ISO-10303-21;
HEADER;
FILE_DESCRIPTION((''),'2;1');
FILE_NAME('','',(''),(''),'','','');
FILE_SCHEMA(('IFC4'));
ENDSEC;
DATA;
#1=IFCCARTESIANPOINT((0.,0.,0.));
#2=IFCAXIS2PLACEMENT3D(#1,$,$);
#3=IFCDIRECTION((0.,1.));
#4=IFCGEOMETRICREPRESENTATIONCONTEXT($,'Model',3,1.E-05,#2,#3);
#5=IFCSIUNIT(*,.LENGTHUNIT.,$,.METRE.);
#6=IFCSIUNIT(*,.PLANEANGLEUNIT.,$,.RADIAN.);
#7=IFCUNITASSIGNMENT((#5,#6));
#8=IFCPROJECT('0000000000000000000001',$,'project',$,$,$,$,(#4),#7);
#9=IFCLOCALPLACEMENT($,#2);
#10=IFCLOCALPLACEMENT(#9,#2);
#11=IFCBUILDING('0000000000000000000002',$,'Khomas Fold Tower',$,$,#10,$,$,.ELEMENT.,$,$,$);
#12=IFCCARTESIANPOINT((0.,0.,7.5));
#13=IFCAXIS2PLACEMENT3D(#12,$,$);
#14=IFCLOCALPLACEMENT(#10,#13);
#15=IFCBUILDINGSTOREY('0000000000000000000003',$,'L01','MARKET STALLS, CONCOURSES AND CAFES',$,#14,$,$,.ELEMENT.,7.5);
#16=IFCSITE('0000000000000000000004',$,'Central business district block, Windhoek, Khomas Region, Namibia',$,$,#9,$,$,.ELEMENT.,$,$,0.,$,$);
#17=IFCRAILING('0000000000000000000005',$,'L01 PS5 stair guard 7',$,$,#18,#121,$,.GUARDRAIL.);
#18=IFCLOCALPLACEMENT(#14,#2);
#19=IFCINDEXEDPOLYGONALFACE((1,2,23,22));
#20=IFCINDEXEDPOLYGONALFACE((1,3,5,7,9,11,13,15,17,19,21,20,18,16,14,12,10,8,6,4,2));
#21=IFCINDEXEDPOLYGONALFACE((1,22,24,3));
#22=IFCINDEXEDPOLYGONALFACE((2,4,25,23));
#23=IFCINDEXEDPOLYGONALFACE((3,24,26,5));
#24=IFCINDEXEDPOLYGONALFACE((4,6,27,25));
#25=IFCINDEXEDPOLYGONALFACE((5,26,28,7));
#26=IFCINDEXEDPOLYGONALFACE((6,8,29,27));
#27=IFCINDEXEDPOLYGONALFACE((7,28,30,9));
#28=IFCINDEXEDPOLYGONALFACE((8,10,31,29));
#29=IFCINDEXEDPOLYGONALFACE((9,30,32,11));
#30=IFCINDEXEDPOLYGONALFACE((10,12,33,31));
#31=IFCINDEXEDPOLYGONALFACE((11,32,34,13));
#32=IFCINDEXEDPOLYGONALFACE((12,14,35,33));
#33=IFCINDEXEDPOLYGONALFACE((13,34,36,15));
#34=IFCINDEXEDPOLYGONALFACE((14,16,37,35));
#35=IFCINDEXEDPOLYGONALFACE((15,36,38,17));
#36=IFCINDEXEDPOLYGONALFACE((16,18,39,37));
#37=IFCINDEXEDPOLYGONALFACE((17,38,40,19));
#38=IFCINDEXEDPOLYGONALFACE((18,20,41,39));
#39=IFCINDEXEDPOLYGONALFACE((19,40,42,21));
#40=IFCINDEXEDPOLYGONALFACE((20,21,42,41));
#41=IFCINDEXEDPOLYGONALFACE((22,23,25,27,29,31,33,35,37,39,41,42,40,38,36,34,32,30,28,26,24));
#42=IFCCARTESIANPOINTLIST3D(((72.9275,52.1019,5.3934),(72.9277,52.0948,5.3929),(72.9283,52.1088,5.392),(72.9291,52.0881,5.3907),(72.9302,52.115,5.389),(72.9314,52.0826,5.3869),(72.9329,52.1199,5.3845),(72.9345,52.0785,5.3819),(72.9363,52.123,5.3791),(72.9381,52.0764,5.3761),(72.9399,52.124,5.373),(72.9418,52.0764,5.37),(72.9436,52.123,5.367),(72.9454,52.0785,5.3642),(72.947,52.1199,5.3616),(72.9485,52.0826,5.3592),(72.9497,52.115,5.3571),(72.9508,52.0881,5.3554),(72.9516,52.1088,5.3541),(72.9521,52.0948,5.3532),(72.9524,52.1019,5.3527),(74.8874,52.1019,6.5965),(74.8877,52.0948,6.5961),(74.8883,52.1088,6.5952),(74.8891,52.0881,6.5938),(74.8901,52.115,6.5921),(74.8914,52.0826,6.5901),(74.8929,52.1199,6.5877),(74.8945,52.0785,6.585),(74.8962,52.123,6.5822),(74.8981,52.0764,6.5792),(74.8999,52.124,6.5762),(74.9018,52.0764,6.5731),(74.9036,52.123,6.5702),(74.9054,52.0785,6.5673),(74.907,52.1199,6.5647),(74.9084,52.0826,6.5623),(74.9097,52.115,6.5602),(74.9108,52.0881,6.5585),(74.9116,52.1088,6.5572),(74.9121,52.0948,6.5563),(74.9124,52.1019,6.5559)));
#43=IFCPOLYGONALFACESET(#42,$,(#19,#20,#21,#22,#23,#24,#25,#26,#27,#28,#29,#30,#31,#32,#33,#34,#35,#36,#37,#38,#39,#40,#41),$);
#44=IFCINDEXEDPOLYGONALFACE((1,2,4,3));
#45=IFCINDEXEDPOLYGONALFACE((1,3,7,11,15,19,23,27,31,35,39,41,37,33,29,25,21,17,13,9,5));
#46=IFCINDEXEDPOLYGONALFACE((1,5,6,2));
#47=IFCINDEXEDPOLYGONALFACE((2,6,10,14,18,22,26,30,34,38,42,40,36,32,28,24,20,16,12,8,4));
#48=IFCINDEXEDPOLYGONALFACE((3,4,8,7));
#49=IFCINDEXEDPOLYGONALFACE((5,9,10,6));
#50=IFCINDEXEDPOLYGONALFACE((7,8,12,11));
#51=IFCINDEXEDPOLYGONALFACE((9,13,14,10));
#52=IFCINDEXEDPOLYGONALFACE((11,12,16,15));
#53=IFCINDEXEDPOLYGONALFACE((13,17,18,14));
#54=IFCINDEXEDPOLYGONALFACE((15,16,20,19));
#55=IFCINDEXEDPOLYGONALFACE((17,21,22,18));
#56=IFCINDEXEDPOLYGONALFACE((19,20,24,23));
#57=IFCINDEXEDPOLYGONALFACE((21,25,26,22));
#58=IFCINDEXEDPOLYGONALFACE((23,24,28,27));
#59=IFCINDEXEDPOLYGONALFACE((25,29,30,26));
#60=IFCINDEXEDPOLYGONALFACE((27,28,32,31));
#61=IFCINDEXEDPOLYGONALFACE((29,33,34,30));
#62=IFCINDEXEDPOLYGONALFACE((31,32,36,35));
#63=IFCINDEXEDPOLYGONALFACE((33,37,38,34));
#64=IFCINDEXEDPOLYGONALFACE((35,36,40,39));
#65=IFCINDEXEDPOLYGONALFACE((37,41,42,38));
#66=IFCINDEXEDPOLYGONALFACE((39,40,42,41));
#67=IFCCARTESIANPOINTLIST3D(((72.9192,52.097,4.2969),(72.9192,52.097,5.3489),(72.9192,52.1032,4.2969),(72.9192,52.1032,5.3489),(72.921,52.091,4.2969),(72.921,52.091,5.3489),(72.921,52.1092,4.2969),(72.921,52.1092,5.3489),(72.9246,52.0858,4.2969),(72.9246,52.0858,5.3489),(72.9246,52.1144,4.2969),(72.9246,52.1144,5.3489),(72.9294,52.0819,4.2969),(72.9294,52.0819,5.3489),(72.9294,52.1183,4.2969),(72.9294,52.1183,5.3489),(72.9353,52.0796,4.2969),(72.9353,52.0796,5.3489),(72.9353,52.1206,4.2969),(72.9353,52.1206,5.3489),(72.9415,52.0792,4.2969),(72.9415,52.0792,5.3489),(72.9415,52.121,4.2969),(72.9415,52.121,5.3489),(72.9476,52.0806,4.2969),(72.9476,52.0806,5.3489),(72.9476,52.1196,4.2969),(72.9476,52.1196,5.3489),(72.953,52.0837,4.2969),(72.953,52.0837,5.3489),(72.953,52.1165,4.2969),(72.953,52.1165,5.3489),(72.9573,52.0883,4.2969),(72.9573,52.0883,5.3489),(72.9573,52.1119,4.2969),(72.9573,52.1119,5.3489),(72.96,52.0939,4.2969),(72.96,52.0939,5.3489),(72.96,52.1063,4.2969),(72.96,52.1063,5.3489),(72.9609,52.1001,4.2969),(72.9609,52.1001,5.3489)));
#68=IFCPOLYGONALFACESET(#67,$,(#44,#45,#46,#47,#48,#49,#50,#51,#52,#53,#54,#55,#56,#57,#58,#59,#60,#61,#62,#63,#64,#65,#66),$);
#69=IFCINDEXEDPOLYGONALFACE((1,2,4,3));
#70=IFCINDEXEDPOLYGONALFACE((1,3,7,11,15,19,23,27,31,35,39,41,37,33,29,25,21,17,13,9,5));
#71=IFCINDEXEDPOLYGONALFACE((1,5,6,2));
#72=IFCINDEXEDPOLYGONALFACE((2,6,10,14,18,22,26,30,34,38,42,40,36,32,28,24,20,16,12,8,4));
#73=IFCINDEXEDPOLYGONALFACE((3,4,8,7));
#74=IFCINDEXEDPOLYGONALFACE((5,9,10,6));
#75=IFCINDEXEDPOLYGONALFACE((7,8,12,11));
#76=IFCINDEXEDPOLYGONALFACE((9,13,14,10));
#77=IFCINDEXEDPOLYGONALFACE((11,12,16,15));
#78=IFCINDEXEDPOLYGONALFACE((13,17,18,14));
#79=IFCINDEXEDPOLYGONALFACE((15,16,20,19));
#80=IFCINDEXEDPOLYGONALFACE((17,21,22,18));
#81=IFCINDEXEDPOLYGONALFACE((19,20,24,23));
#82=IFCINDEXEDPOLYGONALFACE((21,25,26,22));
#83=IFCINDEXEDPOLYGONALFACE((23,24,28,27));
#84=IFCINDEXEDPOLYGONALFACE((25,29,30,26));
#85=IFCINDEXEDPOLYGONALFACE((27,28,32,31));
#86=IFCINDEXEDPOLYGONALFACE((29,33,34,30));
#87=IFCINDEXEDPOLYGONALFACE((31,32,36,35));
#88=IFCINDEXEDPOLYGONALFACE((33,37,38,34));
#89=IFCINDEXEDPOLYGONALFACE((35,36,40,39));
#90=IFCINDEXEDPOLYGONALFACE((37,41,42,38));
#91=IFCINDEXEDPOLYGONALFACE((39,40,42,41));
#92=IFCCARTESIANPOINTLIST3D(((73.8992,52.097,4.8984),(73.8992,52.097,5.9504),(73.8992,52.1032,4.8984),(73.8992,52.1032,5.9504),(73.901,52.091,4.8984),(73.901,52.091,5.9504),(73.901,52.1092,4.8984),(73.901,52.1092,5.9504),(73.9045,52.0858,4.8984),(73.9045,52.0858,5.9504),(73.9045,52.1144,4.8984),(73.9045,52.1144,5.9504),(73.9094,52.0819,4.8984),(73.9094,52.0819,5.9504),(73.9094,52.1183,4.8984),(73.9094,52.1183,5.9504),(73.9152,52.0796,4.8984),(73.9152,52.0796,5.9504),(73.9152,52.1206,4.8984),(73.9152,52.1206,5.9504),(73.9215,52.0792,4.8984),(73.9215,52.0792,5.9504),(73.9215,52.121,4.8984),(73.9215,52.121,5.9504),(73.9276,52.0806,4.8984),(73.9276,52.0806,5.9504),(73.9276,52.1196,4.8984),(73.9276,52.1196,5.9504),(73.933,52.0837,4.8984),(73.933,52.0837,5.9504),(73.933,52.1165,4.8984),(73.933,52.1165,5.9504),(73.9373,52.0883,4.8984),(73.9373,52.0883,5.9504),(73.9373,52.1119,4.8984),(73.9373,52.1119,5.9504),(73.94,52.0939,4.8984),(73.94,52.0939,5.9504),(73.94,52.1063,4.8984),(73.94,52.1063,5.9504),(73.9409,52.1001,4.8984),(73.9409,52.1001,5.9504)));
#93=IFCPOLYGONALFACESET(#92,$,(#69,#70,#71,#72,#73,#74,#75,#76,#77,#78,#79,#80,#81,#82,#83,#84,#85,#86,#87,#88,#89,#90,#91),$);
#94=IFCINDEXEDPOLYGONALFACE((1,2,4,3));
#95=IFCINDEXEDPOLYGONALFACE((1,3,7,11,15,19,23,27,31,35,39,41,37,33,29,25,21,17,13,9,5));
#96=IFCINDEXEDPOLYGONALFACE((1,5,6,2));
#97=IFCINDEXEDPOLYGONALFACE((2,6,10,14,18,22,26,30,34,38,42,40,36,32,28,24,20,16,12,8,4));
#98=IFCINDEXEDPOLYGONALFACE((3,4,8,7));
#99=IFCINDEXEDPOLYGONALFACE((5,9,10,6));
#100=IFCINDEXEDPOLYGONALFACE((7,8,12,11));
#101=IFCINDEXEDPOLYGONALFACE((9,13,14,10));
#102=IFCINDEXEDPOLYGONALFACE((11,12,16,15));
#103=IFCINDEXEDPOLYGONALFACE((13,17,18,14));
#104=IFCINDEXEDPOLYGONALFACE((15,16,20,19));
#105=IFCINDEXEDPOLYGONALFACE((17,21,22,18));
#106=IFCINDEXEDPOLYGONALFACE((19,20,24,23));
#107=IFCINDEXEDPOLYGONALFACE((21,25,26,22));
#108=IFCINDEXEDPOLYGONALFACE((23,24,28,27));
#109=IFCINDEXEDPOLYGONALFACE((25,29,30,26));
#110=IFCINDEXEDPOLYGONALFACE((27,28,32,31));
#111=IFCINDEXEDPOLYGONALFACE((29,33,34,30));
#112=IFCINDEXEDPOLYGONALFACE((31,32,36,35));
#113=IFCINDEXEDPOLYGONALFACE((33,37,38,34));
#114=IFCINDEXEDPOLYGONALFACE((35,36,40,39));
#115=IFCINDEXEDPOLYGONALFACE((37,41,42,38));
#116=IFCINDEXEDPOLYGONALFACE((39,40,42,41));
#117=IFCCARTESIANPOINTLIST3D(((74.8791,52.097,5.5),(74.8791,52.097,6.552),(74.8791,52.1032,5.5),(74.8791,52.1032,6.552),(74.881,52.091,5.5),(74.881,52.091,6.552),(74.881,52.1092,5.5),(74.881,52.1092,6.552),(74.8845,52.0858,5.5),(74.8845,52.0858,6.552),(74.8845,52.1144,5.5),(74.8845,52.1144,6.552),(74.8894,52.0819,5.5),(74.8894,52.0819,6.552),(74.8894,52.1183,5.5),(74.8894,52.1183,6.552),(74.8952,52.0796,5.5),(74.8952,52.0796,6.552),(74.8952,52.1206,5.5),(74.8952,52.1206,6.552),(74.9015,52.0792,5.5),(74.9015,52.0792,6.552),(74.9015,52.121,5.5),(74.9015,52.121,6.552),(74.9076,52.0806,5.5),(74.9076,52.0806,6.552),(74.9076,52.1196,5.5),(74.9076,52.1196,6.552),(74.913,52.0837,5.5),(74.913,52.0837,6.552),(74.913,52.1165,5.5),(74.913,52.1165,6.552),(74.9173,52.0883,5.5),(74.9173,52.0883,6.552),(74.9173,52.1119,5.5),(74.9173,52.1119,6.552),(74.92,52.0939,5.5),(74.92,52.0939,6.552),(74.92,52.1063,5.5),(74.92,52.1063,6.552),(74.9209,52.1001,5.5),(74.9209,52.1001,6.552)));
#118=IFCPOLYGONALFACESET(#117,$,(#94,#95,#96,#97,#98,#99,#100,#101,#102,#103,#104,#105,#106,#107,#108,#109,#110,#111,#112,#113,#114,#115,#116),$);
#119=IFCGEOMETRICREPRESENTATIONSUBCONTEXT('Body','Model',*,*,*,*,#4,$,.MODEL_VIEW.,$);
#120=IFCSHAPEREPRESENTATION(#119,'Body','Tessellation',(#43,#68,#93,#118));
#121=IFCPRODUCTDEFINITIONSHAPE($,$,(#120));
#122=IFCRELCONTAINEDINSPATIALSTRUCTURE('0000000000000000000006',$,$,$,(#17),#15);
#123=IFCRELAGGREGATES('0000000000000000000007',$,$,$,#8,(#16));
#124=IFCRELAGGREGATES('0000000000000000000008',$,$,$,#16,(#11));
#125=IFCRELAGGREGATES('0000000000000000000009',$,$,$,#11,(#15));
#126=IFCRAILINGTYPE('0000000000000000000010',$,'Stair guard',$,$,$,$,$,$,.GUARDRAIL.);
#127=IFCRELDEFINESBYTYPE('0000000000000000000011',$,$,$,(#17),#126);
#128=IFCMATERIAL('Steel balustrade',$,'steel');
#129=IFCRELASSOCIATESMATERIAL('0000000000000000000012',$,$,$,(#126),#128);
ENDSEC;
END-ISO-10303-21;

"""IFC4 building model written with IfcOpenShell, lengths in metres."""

from ifc_helpers import new_model, si_unit, direction, frame, origin, origin_2d, place, context, subcontext, project, spatial, circle, extrude, source, transform, mapped, material, type_object, element, save


model = new_model("IFC4")

# Units and contexts
model_context = context("Model", 3, precision=1e-05, world=origin(), true_north=direction((0.0, 1.0)))
body_context = subcontext(model_context, "Body", "Model", "MODEL_VIEW")
ifc_project = project(units=[si_unit("LENGTHUNIT", "METRE"), si_unit("PLANEANGLEUNIT", "RADIAN")], contexts=[model_context])

# Site, building, storey
site_placement = place(None, origin())
site = spatial("IfcSite", under=ifc_project, at=site_placement, Name="Central business district block, Windhoek, Khomas Region, Namibia", CompositionType="ELEMENT", RefElevation=0.0)
building_placement = place(site_placement, origin())
building = spatial("IfcBuilding", under=site, at=building_placement, Name="Khomas Fold Tower", CompositionType="ELEMENT")
storey_placement = place(building_placement, frame((0.0, 0.0, 7.5)))
storey = spatial("IfcBuildingStorey", under=building, at=storey_placement, Name="L01", Description="MARKET STALLS, CONCOURSES AND CAFES", CompositionType="ELEMENT", Elevation=7.5)

# Railing
ifc_material_1 = material(Name="Steel balustrade", Category="steel")
railing_type_1 = type_object("IfcRailingType", Name="Stair guard", PredefinedType="GUARDRAIL", material=ifc_material_1)
shared_shape_1 = source(origin(), body_context, "Body", "SweptSolid", [
    extrude(circle(Radius=0.0239, at=origin_2d()), frame((0.0, 0.0, 1.0762), z_axis=(0.852241, 0.0, 0.523149), x_axis=(0.0, 1.0, 0.0)), (0.0, 0.0, 1.0), 2.2998),
    extrude(circle(Radius=0.021, at=origin_2d()), origin(), (0.0, 0.0, 1.0), 1.052),
    extrude(circle(Radius=0.021, at=origin_2d()), frame((0.98, 0.0, 0.6016)), (0.0, 0.0, 1.0), 1.052),
    extrude(circle(Radius=0.021, at=origin_2d()), frame((1.96, 0.0, 1.2031)), (0.0, 0.0, 1.0), 1.052),
])
for number, where, name in (
    (1, (72.9399, 52.1001, 4.2969), "L01 PS5 stair guard 7"),
):
    element("IfcRailing", number, at=place(storey_placement, frame(where)), inside=storey, type_object=railing_type_1, Name=name, PredefinedType="GUARDRAIL", context=body_context, shape_type="MappedRepresentation", body=[
        mapped(shared_shape_1, transform((0.0, 0.0, 0.0))),
    ])

save(model, "model.ifc")
